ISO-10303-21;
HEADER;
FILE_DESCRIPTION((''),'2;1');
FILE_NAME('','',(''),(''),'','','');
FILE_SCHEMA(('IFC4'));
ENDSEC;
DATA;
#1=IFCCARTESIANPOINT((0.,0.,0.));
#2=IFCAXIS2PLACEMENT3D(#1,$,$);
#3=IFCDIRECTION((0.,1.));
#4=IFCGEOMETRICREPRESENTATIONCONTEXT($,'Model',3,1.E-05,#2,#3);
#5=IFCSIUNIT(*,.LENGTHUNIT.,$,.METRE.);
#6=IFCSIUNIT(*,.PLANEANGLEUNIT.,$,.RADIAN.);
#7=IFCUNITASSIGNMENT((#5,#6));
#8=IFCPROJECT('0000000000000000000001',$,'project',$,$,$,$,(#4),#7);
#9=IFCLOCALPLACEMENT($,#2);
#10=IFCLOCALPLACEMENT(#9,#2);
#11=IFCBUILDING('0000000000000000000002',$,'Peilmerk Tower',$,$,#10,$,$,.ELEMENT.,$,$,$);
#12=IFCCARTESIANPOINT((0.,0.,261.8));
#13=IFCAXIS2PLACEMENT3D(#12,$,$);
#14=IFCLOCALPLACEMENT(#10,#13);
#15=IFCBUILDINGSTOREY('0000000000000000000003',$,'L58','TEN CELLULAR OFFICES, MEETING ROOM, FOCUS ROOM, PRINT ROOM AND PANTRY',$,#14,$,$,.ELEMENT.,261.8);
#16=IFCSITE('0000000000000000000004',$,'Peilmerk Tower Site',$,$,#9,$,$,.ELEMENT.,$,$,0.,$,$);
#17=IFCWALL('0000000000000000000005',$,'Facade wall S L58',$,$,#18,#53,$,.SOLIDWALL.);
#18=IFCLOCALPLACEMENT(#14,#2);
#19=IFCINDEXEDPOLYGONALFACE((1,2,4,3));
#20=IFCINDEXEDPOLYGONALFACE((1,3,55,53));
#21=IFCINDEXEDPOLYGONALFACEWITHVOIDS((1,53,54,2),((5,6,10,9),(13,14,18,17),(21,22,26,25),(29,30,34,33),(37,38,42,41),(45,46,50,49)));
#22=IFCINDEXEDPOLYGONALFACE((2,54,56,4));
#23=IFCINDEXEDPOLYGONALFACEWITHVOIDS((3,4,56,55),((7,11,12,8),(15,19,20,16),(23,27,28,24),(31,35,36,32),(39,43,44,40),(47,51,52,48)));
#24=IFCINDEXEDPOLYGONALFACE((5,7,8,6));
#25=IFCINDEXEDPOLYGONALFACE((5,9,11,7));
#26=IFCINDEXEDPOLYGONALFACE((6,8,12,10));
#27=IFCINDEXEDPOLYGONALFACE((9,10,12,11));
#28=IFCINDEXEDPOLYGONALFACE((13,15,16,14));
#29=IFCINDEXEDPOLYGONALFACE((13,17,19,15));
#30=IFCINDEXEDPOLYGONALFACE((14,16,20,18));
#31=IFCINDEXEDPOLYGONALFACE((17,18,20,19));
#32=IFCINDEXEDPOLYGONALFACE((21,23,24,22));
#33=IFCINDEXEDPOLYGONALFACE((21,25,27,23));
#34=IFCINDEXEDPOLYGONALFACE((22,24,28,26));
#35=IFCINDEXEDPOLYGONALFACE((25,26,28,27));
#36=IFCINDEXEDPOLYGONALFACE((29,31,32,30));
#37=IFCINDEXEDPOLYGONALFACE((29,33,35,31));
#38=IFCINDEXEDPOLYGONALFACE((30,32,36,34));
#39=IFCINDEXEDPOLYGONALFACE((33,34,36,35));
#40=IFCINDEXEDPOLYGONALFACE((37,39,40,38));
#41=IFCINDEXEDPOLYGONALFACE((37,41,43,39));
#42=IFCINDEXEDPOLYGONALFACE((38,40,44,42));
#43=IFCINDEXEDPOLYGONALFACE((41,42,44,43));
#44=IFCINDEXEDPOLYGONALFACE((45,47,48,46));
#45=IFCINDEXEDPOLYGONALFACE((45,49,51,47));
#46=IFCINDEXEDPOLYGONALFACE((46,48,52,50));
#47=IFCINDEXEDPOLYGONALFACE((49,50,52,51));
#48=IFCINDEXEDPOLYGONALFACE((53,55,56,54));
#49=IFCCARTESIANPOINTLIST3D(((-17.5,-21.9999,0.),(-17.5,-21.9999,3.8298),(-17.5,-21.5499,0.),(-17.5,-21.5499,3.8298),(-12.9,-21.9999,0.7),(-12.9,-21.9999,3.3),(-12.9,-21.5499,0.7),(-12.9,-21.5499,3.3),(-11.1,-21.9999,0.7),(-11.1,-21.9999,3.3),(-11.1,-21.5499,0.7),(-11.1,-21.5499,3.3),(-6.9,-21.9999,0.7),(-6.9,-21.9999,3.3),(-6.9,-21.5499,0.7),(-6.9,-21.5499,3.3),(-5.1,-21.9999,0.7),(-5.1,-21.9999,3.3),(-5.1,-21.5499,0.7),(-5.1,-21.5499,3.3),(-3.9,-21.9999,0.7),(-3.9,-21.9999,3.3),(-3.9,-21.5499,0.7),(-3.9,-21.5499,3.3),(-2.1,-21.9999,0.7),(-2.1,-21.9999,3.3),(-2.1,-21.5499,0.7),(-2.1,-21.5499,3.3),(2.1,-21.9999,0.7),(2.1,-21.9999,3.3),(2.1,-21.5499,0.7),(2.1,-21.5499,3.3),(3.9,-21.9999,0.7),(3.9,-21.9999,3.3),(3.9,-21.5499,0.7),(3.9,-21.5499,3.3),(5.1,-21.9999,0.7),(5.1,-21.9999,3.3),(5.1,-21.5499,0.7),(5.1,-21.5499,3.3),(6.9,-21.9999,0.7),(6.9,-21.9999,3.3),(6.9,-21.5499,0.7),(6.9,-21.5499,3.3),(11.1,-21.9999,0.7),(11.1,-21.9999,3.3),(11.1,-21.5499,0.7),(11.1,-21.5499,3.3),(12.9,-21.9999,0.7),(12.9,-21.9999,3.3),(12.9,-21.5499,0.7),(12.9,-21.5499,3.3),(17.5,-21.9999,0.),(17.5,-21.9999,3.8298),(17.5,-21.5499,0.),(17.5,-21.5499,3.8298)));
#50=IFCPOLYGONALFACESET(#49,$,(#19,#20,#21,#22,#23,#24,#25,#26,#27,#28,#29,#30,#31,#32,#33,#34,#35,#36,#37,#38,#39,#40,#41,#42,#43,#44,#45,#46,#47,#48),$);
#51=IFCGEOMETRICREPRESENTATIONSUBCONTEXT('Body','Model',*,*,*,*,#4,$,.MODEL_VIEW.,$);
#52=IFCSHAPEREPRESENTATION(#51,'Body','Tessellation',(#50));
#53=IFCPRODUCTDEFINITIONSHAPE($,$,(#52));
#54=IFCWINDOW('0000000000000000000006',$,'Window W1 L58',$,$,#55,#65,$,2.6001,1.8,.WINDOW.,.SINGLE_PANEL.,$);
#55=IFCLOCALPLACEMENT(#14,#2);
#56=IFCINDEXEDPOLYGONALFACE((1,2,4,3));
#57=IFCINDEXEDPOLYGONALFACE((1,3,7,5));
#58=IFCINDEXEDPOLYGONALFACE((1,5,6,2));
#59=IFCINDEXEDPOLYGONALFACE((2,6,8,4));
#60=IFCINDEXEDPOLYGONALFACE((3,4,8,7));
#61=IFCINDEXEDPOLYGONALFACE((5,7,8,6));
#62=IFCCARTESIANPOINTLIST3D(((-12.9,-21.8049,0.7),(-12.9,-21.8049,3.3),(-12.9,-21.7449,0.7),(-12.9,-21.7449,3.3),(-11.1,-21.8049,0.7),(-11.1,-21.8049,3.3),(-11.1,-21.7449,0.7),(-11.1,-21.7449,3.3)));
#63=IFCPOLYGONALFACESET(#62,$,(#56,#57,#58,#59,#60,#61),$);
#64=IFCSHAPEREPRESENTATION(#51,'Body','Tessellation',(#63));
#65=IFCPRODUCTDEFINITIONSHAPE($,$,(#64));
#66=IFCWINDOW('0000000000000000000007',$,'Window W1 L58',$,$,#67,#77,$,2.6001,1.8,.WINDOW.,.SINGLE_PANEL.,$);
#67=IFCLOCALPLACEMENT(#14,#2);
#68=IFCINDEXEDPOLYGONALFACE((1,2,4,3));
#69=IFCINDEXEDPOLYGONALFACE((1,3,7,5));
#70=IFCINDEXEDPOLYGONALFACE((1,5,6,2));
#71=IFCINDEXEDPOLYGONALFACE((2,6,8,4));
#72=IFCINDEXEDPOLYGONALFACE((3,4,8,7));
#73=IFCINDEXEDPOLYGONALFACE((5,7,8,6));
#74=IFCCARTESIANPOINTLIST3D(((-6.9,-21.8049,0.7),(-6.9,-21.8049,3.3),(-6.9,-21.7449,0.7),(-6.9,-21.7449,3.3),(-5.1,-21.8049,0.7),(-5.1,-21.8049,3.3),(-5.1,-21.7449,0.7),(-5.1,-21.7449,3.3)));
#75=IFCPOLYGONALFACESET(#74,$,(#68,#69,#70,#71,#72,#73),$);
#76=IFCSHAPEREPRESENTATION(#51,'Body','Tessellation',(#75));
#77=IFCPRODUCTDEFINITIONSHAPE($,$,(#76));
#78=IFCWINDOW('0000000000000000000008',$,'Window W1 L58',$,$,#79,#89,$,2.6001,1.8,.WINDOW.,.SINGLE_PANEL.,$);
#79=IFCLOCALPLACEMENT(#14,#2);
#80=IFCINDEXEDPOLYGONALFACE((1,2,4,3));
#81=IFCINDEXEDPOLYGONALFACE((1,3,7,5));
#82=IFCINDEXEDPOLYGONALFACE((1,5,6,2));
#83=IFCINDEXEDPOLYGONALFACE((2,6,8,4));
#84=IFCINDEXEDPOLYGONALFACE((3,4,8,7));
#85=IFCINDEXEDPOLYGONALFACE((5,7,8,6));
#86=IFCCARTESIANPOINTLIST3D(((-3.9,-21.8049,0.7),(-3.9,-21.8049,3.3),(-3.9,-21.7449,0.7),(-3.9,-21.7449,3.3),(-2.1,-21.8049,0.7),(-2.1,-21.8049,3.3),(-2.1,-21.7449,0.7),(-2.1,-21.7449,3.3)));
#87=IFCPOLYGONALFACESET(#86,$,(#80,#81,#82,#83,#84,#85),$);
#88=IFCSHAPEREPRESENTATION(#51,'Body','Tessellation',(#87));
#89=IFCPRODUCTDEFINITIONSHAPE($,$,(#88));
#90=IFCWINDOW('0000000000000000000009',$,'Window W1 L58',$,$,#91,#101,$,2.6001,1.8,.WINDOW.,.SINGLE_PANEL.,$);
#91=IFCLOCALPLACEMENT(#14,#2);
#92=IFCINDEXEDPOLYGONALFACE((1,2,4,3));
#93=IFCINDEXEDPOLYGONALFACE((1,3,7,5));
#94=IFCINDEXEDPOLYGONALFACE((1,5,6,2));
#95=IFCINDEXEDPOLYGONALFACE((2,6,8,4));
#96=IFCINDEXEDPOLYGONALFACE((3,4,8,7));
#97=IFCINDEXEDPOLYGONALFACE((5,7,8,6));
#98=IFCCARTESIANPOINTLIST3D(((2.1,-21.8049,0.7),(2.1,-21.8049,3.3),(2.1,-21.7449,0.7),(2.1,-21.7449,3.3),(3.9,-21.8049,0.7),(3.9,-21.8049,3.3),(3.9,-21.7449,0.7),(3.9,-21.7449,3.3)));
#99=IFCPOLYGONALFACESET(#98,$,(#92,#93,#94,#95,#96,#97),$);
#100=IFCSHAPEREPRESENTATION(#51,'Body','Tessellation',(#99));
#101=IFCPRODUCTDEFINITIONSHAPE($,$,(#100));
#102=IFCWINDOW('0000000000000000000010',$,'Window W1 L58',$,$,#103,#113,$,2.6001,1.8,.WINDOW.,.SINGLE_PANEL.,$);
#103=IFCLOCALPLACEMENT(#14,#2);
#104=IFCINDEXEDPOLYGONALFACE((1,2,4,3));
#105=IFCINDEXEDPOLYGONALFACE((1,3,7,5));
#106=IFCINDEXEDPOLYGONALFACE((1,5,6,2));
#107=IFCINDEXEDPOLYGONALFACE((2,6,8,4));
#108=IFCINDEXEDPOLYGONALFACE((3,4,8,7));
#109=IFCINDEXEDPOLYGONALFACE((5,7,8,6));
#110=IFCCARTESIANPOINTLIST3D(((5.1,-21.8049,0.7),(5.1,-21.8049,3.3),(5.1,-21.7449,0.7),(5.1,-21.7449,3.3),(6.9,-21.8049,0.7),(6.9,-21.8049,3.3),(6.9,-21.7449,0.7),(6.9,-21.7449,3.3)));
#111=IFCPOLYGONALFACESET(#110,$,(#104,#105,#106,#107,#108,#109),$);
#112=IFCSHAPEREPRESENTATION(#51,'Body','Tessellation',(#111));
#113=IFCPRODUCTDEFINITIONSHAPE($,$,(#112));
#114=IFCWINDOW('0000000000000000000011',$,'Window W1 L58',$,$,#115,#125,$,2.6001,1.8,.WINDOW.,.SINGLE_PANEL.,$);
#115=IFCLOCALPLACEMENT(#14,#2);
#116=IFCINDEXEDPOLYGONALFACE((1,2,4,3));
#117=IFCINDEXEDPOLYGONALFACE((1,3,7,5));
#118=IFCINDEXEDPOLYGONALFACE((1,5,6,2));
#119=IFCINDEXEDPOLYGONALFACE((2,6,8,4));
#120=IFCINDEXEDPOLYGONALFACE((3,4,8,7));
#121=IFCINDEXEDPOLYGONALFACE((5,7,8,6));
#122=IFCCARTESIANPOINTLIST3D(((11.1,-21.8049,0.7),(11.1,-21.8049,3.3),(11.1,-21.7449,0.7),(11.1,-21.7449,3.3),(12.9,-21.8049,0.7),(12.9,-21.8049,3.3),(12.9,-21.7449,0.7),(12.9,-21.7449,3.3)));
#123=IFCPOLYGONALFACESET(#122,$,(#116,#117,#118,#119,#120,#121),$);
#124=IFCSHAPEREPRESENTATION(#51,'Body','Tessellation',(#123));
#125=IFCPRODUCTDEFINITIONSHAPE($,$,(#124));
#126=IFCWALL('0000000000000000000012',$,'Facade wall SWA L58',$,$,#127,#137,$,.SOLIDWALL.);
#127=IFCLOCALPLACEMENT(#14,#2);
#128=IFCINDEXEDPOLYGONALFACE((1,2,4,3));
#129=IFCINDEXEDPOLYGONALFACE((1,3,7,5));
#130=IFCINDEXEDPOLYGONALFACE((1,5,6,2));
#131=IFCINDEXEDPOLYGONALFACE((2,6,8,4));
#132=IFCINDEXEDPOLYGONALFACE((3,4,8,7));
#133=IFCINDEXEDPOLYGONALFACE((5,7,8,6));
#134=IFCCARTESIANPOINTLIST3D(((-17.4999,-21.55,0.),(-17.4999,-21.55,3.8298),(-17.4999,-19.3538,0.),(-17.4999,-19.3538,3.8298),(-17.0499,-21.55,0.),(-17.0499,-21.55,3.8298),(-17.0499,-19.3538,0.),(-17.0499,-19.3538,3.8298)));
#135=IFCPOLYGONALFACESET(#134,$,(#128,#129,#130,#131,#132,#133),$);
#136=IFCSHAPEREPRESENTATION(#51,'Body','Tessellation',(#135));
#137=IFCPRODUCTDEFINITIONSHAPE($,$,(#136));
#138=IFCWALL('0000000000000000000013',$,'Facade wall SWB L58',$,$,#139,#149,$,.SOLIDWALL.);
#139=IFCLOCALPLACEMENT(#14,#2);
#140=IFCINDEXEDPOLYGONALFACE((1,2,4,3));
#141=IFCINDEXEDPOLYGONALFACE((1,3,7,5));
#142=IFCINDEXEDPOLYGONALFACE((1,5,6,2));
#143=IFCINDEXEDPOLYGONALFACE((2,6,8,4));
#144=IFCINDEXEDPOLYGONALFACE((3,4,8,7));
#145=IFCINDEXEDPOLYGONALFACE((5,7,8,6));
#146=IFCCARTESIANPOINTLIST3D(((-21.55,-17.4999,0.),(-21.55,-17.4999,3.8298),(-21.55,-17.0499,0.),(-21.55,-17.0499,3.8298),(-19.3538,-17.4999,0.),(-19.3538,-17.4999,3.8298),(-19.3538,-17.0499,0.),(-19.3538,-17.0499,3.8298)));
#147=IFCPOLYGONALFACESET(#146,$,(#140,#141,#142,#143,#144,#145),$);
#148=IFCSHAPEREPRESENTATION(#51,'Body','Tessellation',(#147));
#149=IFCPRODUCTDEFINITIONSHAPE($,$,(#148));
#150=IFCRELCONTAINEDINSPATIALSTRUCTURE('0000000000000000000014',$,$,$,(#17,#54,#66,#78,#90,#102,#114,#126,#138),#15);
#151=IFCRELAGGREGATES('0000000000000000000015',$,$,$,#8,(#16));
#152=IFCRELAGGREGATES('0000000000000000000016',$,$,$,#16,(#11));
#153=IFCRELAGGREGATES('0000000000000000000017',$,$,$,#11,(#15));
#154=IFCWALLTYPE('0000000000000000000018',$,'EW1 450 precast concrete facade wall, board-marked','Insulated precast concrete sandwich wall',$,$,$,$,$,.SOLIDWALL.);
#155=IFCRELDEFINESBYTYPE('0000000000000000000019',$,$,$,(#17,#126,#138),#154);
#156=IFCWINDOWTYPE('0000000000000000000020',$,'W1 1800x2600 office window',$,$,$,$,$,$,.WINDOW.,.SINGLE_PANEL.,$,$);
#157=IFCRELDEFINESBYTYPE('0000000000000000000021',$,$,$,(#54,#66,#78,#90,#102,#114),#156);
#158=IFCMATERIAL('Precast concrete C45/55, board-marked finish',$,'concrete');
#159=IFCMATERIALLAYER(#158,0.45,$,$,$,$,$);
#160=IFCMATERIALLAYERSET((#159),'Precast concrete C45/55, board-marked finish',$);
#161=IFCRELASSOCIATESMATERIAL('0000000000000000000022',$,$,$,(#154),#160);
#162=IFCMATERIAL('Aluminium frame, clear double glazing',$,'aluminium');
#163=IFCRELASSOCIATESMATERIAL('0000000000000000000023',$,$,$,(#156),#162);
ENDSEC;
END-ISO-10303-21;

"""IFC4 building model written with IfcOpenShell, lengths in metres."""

from ifc_helpers import new_model, si_unit, direction, frame, frame_2d, origin, place, context, subcontext, project, spatial, rectangle, extrude, material, layer, layer_set, type_object, element, fill, save


model = new_model("IFC4")

# Units and contexts
model_context = context("Model", 3, precision=1e-05, world=origin(), true_north=direction((0.0, 1.0)))
body_context = subcontext(model_context, "Body", "Model", "MODEL_VIEW")
ifc_project = project(units=[si_unit("LENGTHUNIT", "METRE"), si_unit("PLANEANGLEUNIT", "RADIAN")], contexts=[model_context])

# Site, building, storey
site_placement = place(None, origin())
site = spatial("IfcSite", under=ifc_project, at=site_placement, Name="Peilmerk Tower Site", CompositionType="ELEMENT", RefElevation=0.0)
building_placement = place(site_placement, origin())
building = spatial("IfcBuilding", under=site, at=building_placement, Name="Peilmerk Tower", CompositionType="ELEMENT")
storey_placement = place(building_placement, frame((0.0, 0.0, 261.8)))
storey = spatial("IfcBuildingStorey", under=building, at=storey_placement, Name="L58", Description="TEN CELLULAR OFFICES, MEETING ROOM, FOCUS ROOM, PRINT ROOM AND PANTRY", CompositionType="ELEMENT", Elevation=261.8)

# Wall, openings, windows
ifc_material_1 = material(Name="Precast concrete C45/55, board-marked finish", Category="concrete")
ifc_layer_1 = layer(ifc_material_1, 0.45)
ifc_layer_set_1 = layer_set([ifc_layer_1], Name="Precast concrete C45/55, board-marked finish")
wall_type = type_object("IfcWallType", Name="EW1 450 precast concrete facade wall, board-marked", Description="Insulated precast concrete sandwich wall", PredefinedType="SOLIDWALL", material=ifc_layer_set_1)
wall_placement = place(storey_placement, frame((-17.5, -21.7749, 0.0), z_axis=(0.0, 0.0, 1.0), x_axis=(1.0, 0.0, 0.0)))
wall = element("IfcWall", 1, at=wall_placement, inside=storey, type_object=wall_type, Name="Facade wall S L58", PredefinedType="SOLIDWALL", context=body_context, shape_type="SweptSolid", body=[
    extrude(rectangle(XDim=35.0, YDim=0.45, at=frame_2d((17.5, 0.0))), origin(), (0.0, 0.0, 1.0), 3.8298),
])
opening_1_placement = place(wall_placement, frame((4.6001, 0.0, 0.7)))
opening_1 = element("IfcOpeningElement", 2, at=opening_1_placement, cuts=wall, PredefinedType="OPENING", context=body_context, shape_type="SweptSolid", body=[
    extrude(rectangle(XDim=1.8, YDim=2.6001, at=frame_2d((0.8999, 1.3))), frame((0.0, 0.2349, 0.0), z_axis=(0.0, -1.0, 0.0), x_axis=(1.0, 0.0, 0.0)), (0.0, 0.0, 1.0), 0.47),
])
opening_2_placement = place(wall_placement, frame((10.6001, 0.0, 0.7)))
opening_2 = element("IfcOpeningElement", 3, at=opening_2_placement, cuts=wall, PredefinedType="OPENING", context=body_context, shape_type="SweptSolid", body=[
    extrude(rectangle(XDim=1.8, YDim=2.6001, at=frame_2d((0.8999, 1.3))), frame((0.0, 0.2349, 0.0), z_axis=(0.0, -1.0, 0.0), x_axis=(1.0, 0.0, 0.0)), (0.0, 0.0, 1.0), 0.47),
])
opening_3_placement = place(wall_placement, frame((13.6001, 0.0, 0.7)))
opening_3 = element("IfcOpeningElement", 4, at=opening_3_placement, cuts=wall, PredefinedType="OPENING", context=body_context, shape_type="SweptSolid", body=[
    extrude(rectangle(XDim=1.8, YDim=2.6001, at=frame_2d((0.8999, 1.3))), frame((0.0, 0.2349, 0.0), z_axis=(0.0, -1.0, 0.0), x_axis=(1.0, 0.0, 0.0)), (0.0, 0.0, 1.0), 0.47),
])
opening_4_placement = place(wall_placement, frame((19.6001, 0.0, 0.7)))
opening_4 = element("IfcOpeningElement", 5, at=opening_4_placement, cuts=wall, PredefinedType="OPENING", context=body_context, shape_type="SweptSolid", body=[
    extrude(rectangle(XDim=1.8, YDim=2.6001, at=frame_2d((0.8999, 1.3))), frame((0.0, 0.2349, 0.0), z_axis=(0.0, -1.0, 0.0), x_axis=(1.0, 0.0, 0.0)), (0.0, 0.0, 1.0), 0.47),
])
opening_5_placement = place(wall_placement, frame((22.6001, 0.0, 0.7)))
opening_5 = element("IfcOpeningElement", 6, at=opening_5_placement, cuts=wall, PredefinedType="OPENING", context=body_context, shape_type="SweptSolid", body=[
    extrude(rectangle(XDim=1.8, YDim=2.6001, at=frame_2d((0.8999, 1.3))), frame((0.0, 0.2349, 0.0), z_axis=(0.0, -1.0, 0.0), x_axis=(1.0, 0.0, 0.0)), (0.0, 0.0, 1.0), 0.47),
])
opening_6_placement = place(wall_placement, frame((28.6001, 0.0, 0.7)))
opening_6 = element("IfcOpeningElement", 7, at=opening_6_placement, cuts=wall, PredefinedType="OPENING", context=body_context, shape_type="SweptSolid", body=[
    extrude(rectangle(XDim=1.8, YDim=2.6001, at=frame_2d((0.8999, 1.3))), frame((0.0, 0.2349, 0.0), z_axis=(0.0, -1.0, 0.0), x_axis=(1.0, 0.0, 0.0)), (0.0, 0.0, 1.0), 0.47),
])
ifc_material_2 = material(Name="Aluminium frame, clear double glazing", Category="aluminium")
window_type = type_object("IfcWindowType", Name="W1 1800x2600 office window", PartitioningType="SINGLE_PANEL", PredefinedType="WINDOW", material=ifc_material_2)
window_1_placement = place(opening_1_placement, origin())
window_1 = element("IfcWindow", 8, at=window_1_placement, inside=storey, type_object=window_type, Name="Window W1 L58", OverallHeight=2.6001, OverallWidth=1.8, PartitioningType="SINGLE_PANEL", PredefinedType="WINDOW", context=body_context, shape_type="SweptSolid", body=[
    extrude(rectangle(XDim=1.8, YDim=2.6001, at=frame_2d((0.8999, 1.3))), frame((0.0, 0.03, 0.0), z_axis=(0.0, -1.0, 0.0), x_axis=(1.0, 0.0, 0.0)), (0.0, 0.0, 1.0), 0.0601),
])
fill(opening_1, window_1)
window_2_placement = place(opening_2_placement, origin())
window_2 = element("IfcWindow", 9, at=window_2_placement, inside=storey, type_object=window_type, Name="Window W1 L58", OverallHeight=2.6001, OverallWidth=1.8, PartitioningType="SINGLE_PANEL", PredefinedType="WINDOW", context=body_context, shape_type="SweptSolid", body=[
    extrude(rectangle(XDim=1.8, YDim=2.6001, at=frame_2d((0.8999, 1.3))), frame((0.0, 0.03, 0.0), z_axis=(0.0, -1.0, 0.0), x_axis=(1.0, 0.0, 0.0)), (0.0, 0.0, 1.0), 0.0601),
])
fill(opening_2, window_2)
window_3_placement = place(opening_3_placement, origin())
window_3 = element("IfcWindow", 10, at=window_3_placement, inside=storey, type_object=window_type, Name="Window W1 L58", OverallHeight=2.6001, OverallWidth=1.8, PartitioningType="SINGLE_PANEL", PredefinedType="WINDOW", context=body_context, shape_type="SweptSolid", body=[
    extrude(rectangle(XDim=1.8, YDim=2.6001, at=frame_2d((0.8999, 1.3))), frame((0.0, 0.03, 0.0), z_axis=(0.0, -1.0, 0.0), x_axis=(1.0, 0.0, 0.0)), (0.0, 0.0, 1.0), 0.0601),
])
fill(opening_3, window_3)
window_4_placement = place(opening_4_placement, origin())
window_4 = element("IfcWindow", 11, at=window_4_placement, inside=storey, type_object=window_type, Name="Window W1 L58", OverallHeight=2.6001, OverallWidth=1.8, PartitioningType="SINGLE_PANEL", PredefinedType="WINDOW", context=body_context, shape_type="SweptSolid", body=[
    extrude(rectangle(XDim=1.8, YDim=2.6001, at=frame_2d((0.8999, 1.3))), frame((0.0, 0.03, 0.0), z_axis=(0.0, -1.0, 0.0), x_axis=(1.0, 0.0, 0.0)), (0.0, 0.0, 1.0), 0.0601),
])
fill(opening_4, window_4)
window_5_placement = place(opening_5_placement, origin())
window_5 = element("IfcWindow", 12, at=window_5_placement, inside=storey, type_object=window_type, Name="Window W1 L58", OverallHeight=2.6001, OverallWidth=1.8, PartitioningType="SINGLE_PANEL", PredefinedType="WINDOW", context=body_context, shape_type="SweptSolid", body=[
    extrude(rectangle(XDim=1.8, YDim=2.6001, at=frame_2d((0.8999, 1.3))), frame((0.0, 0.03, 0.0), z_axis=(0.0, -1.0, 0.0), x_axis=(1.0, 0.0, 0.0)), (0.0, 0.0, 1.0), 0.0601),
])
fill(opening_5, window_5)
window_6_placement = place(opening_6_placement, origin())
window_6 = element("IfcWindow", 13, at=window_6_placement, inside=storey, type_object=window_type, Name="Window W1 L58", OverallHeight=2.6001, OverallWidth=1.8, PartitioningType="SINGLE_PANEL", PredefinedType="WINDOW", context=body_context, shape_type="SweptSolid", body=[
    extrude(rectangle(XDim=1.8, YDim=2.6001, at=frame_2d((0.8999, 1.3))), frame((0.0, 0.03, 0.0), z_axis=(0.0, -1.0, 0.0), x_axis=(1.0, 0.0, 0.0)), (0.0, 0.0, 1.0), 0.0601),
])
fill(opening_6, window_6)

# Walls
for number, where, z_axis, x_axis, name in (
    (14, (-17.2749, -19.3538, 0.0), (0.0, 0.0, 1.0), (0.0, -1.0, 0.0), "Facade wall SWA L58"),
    (15, (-19.3538, -17.2749, 0.0), (0.0, 0.0, 1.0), (-1.0, 0.0, 0.0), "Facade wall SWB L58"),
):
    element("IfcWall", number, at=place(storey_placement, frame(where, z_axis=z_axis, x_axis=x_axis)), inside=storey, type_object=wall_type, Name=name, PredefinedType="SOLIDWALL", context=body_context, shape_type="SweptSolid", body=[
        extrude(rectangle(XDim=2.1963, YDim=0.45, at=frame_2d((1.0981, 0.0))), origin(), (0.0, 0.0, 1.0), 3.8298),
    ])

save(model, "model.ifc")
